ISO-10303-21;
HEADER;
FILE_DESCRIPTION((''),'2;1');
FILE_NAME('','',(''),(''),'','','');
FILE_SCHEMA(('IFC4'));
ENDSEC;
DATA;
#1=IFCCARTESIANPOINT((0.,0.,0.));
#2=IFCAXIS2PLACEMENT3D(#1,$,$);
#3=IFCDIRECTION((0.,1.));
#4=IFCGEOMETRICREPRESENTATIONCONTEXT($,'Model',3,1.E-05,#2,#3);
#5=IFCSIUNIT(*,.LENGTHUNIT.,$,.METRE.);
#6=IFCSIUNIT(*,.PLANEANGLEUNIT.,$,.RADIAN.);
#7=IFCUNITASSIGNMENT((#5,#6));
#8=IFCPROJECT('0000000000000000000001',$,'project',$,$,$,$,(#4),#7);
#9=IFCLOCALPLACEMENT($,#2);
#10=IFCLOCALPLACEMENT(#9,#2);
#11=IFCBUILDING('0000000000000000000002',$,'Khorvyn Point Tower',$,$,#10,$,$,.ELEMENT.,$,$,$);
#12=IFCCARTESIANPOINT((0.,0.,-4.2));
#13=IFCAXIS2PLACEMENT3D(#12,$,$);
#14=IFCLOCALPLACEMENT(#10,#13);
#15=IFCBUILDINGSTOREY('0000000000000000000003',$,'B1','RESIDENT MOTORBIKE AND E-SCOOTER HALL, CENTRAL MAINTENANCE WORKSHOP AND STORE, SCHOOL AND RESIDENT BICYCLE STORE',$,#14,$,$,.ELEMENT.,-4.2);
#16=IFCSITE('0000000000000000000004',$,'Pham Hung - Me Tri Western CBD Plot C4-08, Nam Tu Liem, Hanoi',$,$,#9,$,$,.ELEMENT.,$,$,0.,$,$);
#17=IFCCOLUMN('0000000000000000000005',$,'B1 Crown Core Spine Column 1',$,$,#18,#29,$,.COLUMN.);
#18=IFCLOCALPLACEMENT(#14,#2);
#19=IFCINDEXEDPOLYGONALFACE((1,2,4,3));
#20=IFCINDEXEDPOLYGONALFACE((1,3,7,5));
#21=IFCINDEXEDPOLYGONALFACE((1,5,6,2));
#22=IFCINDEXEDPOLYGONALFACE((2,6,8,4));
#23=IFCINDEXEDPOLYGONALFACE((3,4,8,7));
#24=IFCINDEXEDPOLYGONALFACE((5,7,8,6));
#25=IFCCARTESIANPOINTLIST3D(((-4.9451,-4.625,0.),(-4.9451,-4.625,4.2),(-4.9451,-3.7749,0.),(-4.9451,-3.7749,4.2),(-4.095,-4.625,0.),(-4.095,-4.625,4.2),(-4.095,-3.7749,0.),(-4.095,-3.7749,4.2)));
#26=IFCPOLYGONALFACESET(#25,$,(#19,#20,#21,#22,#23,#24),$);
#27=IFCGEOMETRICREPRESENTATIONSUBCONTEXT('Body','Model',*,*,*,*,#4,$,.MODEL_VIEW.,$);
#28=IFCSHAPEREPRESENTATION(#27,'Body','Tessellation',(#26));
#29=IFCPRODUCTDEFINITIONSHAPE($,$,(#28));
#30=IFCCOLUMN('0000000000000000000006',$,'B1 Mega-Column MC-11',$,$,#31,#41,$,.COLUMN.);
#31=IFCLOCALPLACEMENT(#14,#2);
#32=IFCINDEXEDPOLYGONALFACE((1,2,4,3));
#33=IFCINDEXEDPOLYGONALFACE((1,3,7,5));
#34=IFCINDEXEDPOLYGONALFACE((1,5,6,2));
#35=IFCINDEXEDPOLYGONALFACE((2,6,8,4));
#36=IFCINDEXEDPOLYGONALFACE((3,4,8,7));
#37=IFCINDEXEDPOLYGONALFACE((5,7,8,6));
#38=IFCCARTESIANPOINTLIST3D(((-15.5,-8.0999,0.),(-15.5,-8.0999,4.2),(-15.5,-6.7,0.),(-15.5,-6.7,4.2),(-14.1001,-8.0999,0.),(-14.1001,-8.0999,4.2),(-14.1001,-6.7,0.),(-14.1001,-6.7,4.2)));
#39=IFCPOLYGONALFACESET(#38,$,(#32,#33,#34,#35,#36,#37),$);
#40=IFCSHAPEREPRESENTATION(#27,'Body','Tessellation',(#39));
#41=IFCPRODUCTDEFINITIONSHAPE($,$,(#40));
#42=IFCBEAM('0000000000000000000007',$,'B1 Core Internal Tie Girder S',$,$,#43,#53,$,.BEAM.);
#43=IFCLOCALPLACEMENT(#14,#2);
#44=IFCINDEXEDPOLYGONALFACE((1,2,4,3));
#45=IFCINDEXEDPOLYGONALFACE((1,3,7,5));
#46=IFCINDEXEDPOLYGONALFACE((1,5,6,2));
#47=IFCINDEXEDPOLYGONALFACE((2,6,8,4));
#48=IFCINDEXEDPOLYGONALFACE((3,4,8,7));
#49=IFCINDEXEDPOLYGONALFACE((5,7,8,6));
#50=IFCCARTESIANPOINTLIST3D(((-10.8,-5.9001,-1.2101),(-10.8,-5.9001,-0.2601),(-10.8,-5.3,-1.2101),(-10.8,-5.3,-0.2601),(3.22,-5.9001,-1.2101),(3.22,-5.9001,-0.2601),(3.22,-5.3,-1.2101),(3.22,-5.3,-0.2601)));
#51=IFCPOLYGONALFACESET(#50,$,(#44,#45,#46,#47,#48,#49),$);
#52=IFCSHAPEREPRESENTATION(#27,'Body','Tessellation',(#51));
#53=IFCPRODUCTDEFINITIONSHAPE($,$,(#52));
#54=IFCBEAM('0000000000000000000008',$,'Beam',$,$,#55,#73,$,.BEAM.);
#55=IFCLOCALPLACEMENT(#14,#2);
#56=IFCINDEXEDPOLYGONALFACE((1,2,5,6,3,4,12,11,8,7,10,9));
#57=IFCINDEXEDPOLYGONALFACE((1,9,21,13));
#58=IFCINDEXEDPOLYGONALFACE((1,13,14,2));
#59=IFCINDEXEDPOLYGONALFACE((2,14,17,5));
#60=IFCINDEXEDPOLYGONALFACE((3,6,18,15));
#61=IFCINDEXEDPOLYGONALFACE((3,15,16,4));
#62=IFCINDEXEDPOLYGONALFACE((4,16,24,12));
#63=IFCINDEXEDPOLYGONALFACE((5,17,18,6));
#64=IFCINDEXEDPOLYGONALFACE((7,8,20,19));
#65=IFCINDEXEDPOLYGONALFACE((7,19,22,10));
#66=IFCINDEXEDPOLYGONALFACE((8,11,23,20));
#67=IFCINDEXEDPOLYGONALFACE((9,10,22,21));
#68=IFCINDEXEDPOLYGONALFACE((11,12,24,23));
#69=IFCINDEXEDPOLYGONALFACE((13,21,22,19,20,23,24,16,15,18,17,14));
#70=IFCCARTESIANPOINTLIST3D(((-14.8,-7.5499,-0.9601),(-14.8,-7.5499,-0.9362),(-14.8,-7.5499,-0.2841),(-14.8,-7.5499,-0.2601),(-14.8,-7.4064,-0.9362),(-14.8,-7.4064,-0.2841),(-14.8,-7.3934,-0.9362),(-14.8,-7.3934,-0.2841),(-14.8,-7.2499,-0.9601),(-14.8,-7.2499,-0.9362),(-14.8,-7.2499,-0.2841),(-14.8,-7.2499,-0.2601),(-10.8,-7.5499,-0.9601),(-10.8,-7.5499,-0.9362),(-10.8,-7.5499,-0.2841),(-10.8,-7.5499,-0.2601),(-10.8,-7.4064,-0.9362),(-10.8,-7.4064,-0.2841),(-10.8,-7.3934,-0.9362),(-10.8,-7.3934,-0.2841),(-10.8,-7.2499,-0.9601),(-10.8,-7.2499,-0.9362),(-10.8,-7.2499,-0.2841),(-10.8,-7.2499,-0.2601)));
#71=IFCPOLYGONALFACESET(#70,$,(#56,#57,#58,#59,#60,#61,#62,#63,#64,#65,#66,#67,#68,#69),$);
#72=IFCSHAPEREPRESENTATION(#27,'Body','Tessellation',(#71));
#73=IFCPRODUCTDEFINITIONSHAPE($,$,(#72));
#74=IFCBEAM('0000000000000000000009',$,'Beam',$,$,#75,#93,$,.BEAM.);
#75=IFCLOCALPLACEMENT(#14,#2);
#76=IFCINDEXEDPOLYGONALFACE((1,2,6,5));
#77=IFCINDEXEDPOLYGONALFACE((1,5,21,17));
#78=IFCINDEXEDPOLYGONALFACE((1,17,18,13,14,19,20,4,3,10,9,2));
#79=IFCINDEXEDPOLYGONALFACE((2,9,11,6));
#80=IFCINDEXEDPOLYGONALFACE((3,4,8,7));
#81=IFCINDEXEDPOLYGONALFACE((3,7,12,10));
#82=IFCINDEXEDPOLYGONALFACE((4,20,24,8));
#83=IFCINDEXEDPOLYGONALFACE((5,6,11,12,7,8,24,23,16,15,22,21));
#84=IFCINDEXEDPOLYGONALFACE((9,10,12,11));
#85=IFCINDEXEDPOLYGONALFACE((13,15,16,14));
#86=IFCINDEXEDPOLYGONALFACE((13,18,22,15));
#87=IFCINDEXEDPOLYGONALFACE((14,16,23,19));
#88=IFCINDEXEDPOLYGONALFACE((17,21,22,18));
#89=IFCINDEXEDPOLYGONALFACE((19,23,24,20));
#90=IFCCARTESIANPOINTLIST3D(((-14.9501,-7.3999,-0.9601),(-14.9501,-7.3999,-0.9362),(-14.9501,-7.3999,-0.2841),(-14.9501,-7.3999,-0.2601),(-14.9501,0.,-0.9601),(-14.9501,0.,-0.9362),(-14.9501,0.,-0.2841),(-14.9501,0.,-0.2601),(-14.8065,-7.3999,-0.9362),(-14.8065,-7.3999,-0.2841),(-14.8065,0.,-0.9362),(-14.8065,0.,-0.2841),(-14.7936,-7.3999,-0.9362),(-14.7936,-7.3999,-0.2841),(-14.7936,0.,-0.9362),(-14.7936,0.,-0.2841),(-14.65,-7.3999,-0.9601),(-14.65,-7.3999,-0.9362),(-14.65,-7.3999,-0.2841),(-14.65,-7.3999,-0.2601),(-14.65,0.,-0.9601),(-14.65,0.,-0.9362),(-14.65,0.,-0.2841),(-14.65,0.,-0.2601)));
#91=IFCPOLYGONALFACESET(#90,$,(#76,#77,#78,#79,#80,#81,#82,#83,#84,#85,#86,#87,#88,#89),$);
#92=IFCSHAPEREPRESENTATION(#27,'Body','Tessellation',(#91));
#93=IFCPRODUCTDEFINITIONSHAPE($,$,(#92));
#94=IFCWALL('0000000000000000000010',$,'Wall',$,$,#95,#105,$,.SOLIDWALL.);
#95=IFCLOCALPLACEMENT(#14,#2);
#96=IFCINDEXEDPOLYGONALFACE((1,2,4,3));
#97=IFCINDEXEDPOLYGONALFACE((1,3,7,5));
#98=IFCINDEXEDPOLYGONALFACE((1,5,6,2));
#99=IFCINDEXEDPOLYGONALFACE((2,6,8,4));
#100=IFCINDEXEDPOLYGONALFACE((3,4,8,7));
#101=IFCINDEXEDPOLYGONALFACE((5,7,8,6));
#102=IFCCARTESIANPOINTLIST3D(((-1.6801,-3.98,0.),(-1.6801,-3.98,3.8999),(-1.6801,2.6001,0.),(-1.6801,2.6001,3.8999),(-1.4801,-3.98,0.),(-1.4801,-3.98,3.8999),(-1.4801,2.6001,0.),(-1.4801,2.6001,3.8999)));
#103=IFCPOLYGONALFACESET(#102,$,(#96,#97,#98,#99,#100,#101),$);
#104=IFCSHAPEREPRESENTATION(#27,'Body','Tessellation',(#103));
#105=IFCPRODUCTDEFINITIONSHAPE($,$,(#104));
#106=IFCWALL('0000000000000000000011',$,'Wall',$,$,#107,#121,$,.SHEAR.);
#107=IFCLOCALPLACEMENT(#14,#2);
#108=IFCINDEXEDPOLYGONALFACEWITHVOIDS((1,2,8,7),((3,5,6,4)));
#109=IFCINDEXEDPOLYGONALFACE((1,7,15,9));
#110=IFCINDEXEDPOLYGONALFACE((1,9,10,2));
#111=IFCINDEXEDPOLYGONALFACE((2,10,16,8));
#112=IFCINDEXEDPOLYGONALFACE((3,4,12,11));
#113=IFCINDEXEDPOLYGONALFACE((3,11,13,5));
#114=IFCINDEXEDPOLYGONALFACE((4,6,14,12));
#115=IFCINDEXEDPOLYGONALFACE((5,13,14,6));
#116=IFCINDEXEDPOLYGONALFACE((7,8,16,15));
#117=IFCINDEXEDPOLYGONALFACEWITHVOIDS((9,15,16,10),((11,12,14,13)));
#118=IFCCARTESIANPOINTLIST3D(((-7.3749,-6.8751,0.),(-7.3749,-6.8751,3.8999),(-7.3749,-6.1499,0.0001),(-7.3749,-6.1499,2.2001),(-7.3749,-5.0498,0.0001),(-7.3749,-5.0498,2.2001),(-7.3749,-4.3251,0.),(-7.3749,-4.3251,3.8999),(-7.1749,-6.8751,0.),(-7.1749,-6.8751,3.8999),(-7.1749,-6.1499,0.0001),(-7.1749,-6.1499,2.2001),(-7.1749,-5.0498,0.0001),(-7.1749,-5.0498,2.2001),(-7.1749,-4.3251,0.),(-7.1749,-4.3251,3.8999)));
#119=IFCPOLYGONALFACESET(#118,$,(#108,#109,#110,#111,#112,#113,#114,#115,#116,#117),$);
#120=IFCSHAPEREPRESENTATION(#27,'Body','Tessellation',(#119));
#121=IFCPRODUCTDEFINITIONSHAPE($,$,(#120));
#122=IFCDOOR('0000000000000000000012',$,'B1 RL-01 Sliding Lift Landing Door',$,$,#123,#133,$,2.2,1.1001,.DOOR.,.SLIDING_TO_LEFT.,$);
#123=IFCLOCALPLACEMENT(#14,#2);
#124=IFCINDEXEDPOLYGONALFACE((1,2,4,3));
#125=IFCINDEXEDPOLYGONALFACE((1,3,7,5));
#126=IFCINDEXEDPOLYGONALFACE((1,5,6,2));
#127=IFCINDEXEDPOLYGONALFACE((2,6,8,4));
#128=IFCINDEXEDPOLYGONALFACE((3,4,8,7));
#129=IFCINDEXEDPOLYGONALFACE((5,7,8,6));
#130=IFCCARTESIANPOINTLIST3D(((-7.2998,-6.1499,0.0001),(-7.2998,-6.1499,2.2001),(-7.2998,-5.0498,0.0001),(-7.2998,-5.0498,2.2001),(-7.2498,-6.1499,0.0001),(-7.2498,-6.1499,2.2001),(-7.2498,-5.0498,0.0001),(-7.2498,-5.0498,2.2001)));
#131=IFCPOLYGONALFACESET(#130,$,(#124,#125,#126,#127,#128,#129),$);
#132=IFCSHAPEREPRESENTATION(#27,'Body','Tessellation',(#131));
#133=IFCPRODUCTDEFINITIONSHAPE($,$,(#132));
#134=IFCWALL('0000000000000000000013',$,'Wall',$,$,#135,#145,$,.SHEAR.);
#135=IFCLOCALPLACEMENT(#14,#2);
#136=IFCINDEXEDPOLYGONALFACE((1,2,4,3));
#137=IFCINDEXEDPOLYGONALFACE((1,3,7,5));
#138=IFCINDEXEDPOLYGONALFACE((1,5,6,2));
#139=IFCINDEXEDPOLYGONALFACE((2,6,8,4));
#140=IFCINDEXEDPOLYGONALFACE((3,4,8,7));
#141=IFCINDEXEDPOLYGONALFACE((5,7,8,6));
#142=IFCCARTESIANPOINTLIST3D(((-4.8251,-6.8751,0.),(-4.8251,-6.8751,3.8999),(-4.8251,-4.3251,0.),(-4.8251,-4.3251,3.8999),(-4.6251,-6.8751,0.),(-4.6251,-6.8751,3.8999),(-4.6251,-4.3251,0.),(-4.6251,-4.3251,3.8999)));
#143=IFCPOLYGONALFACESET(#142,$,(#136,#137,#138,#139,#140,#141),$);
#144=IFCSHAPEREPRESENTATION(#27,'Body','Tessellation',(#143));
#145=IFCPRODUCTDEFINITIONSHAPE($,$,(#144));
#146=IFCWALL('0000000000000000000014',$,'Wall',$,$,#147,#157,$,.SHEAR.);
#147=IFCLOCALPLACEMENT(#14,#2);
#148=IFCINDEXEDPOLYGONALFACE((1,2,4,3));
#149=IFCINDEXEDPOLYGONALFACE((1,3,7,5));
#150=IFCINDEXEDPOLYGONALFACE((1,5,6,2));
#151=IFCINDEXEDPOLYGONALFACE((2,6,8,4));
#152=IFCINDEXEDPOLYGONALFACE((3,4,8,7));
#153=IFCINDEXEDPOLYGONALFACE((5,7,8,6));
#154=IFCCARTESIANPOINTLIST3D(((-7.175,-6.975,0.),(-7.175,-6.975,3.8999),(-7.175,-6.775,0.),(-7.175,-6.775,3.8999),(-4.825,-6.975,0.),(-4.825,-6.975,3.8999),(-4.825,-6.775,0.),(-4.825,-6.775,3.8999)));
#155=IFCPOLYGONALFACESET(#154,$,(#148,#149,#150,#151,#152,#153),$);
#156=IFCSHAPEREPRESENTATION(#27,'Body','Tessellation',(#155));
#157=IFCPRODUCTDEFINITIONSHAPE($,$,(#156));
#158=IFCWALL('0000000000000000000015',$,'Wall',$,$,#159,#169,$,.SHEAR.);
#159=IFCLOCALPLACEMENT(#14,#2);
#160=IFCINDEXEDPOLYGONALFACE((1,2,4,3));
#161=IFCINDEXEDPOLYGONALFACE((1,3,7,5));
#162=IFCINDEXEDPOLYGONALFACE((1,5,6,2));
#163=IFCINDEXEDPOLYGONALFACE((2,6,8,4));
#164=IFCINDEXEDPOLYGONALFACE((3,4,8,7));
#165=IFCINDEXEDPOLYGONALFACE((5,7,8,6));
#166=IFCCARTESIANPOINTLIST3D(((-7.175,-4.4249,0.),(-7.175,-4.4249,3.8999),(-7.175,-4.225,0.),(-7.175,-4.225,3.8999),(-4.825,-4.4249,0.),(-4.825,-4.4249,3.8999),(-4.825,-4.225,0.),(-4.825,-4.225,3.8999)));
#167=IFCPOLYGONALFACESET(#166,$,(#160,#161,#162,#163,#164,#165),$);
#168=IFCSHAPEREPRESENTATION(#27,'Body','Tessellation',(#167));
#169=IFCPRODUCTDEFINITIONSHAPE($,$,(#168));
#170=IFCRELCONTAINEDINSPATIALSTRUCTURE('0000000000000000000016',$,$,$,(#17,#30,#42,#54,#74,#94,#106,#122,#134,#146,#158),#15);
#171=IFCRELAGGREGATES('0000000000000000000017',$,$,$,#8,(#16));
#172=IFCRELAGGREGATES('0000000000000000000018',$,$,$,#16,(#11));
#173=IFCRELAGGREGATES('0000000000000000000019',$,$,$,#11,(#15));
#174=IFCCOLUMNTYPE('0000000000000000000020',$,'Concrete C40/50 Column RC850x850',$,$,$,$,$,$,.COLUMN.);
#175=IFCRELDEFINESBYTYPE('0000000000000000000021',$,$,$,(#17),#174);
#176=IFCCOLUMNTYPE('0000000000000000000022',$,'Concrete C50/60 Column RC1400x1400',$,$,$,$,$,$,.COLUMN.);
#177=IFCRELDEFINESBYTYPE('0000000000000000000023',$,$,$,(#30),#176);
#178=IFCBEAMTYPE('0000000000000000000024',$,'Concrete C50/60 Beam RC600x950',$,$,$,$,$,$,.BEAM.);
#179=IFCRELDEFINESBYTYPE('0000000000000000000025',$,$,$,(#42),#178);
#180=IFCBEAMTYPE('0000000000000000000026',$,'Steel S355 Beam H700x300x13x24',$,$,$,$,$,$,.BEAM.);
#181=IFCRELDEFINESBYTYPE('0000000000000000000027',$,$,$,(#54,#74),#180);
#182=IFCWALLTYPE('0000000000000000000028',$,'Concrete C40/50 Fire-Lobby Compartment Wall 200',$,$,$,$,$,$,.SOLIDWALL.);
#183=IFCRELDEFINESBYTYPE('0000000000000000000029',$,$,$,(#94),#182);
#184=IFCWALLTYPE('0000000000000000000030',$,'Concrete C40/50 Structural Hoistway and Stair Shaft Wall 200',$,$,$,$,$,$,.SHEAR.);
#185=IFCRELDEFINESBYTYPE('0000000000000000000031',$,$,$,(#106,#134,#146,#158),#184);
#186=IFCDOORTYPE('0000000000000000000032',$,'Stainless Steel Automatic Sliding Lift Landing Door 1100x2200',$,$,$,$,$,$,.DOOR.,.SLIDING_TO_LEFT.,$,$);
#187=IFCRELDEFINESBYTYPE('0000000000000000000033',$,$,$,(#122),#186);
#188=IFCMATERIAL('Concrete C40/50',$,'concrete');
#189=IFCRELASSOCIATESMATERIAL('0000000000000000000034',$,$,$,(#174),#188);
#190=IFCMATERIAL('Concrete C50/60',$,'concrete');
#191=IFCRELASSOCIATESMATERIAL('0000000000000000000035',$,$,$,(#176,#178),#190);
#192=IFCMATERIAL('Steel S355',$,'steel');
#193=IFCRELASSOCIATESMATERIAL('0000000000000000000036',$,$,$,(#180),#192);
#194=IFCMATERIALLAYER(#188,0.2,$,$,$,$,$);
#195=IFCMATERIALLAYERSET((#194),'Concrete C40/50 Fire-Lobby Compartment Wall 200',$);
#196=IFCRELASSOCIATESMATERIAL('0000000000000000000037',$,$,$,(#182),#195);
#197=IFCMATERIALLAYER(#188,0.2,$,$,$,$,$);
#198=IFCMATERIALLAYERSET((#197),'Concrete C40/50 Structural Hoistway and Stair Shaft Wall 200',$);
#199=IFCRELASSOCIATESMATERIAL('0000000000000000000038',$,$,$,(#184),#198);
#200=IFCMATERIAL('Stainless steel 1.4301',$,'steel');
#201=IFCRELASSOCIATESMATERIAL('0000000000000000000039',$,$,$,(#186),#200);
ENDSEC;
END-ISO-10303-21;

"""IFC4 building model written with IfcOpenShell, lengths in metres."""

from ifc_helpers import new_model, si_unit, direction, frame, frame_2d, origin, origin_2d, place, context, subcontext, project, spatial, rectangle, i_section, extrude, material, layer, layer_set, material_profile, profile_set, type_object, element, fill, save


model = new_model("IFC4")

# Units and contexts
model_context = context("Model", 3, precision=1e-05, world=origin(), true_north=direction((0.0, 1.0)))
body_context = subcontext(model_context, "Body", "Model", "MODEL_VIEW")
ifc_project = project(units=[si_unit("LENGTHUNIT", "METRE"), si_unit("PLANEANGLEUNIT", "RADIAN")], contexts=[model_context])

# Site, building, storey
site_placement = place(None, origin())
site = spatial("IfcSite", under=ifc_project, at=site_placement, Name="Pham Hung - Me Tri Western CBD Plot C4-08, Nam Tu Liem, Hanoi", CompositionType="ELEMENT", RefElevation=0.0)
building_placement = place(site_placement, origin())
building = spatial("IfcBuilding", under=site, at=building_placement, Name="Khorvyn Point Tower", CompositionType="ELEMENT")
storey_placement = place(building_placement, frame((0.0, 0.0, -4.2)))
storey = spatial("IfcBuildingStorey", under=building, at=storey_placement, Name="B1", Description="RESIDENT MOTORBIKE AND E-SCOOTER HALL, CENTRAL MAINTENANCE WORKSHOP AND STORE, SCHOOL AND RESIDENT BICYCLE STORE", CompositionType="ELEMENT", Elevation=-4.2)

# Columns
ifc_material_1 = material(Name="Concrete C40/50", Category="concrete")
ifc_material_profile_1 = material_profile(ifc_material_1, rectangle(XDim=0.8501, YDim=0.8501, at=origin_2d()))
ifc_profile_set_1 = profile_set([ifc_material_profile_1], Name="Concrete C40/50 RC850x850")
column_type_1 = type_object("IfcColumnType", Name="Concrete C40/50 Column RC850x850", PredefinedType="COLUMN", material=ifc_profile_set_1)
column_1_placement = place(storey_placement, frame((-4.52, -4.2, 0.0), z_axis=(0.0, 0.0, 1.0), x_axis=(1.0, 0.0, 0.0)))
element("IfcColumn", 1, at=column_1_placement, inside=storey, type_object=column_type_1, Name="B1 Crown Core Spine Column 1", PredefinedType="COLUMN", context=body_context, shape_type="SweptSolid", body=[
    extrude(rectangle(XDim=0.8501, YDim=0.8501, at=origin_2d()), origin(), (0.0, 0.0, 1.0), 4.2),
])
ifc_material_2 = material(Name="Concrete C50/60", Category="concrete")
ifc_material_profile_2 = material_profile(ifc_material_2, rectangle(XDim=1.3999, YDim=1.3999, at=origin_2d()))
ifc_profile_set_2 = profile_set([ifc_material_profile_2], Name="Concrete C50/60 RC1400x1400")
column_type_2 = type_object("IfcColumnType", Name="Concrete C50/60 Column RC1400x1400", PredefinedType="COLUMN", material=ifc_profile_set_2)
column_2_placement = place(storey_placement, frame((-14.8, -7.3999, 0.0), z_axis=(0.0, 0.0, 1.0), x_axis=(1.0, 0.0, 0.0)))
element("IfcColumn", 2, at=column_2_placement, inside=storey, type_object=column_type_2, Name="B1 Mega-Column MC-11", PredefinedType="COLUMN", context=body_context, shape_type="SweptSolid", body=[
    extrude(rectangle(XDim=1.3999, YDim=1.3999, at=origin_2d()), origin(), (0.0, 0.0, 1.0), 4.2),
])

# Beams
ifc_material_profile_3 = material_profile(ifc_material_2, rectangle(XDim=0.6001, YDim=0.95, at=origin_2d()))
ifc_profile_set_3 = profile_set([ifc_material_profile_3], Name="Concrete C50/60 RC600x950")
beam_type_1 = type_object("IfcBeamType", Name="Concrete C50/60 Beam RC600x950", PredefinedType="BEAM", material=ifc_profile_set_3)
beam_1_placement = place(storey_placement, frame((-10.8, -5.6001, -0.7351), z_axis=(1.0, 0.0, 0.0), x_axis=(0.0, 1.0, 0.0)))
element("IfcBeam", 3, at=beam_1_placement, inside=storey, type_object=beam_type_1, Name="B1 Core Internal Tie Girder S", PredefinedType="BEAM", context=body_context, shape_type="SweptSolid", body=[
    extrude(rectangle(XDim=0.6001, YDim=0.95, at=origin_2d()), origin(), (0.0, 0.0, 1.0), 14.02),
])
ifc_material_3 = material(Name="Steel S355", Category="steel")
ifc_material_profile_4 = material_profile(ifc_material_3, i_section(OverallWidth=0.3, OverallDepth=0.7, WebThickness=0.0129, FlangeThickness=0.0239, at=origin_2d()))
ifc_profile_set_4 = profile_set([ifc_material_profile_4], Name="Steel S355 H700x300x13x24")
beam_type_2 = type_object("IfcBeamType", Name="Steel S355 Beam H700x300x13x24", PredefinedType="BEAM", material=ifc_profile_set_4)
beam_2_placement = place(storey_placement, frame((-14.8, -7.3999, -0.6101), z_axis=(1.0, 0.0, 0.0), x_axis=(0.0, 1.0, 0.0)))
element("IfcBeam", 4, at=beam_2_placement, inside=storey, type_object=beam_type_2, Name="Beam", PredefinedType="BEAM", context=body_context, shape_type="SweptSolid", body=[
    extrude(i_section(OverallWidth=0.3, OverallDepth=0.7, WebThickness=0.0129, FlangeThickness=0.0239, at=origin_2d()), origin(), (0.0, 0.0, 1.0), 4.0),
])
beam_3_placement = place(storey_placement, frame((-14.8, -7.3999, -0.6101), z_axis=(0.0, 1.0, 0.0), x_axis=(-1.0, 0.0, 0.0)))
element("IfcBeam", 5, at=beam_3_placement, inside=storey, type_object=beam_type_2, Name="Beam", PredefinedType="BEAM", context=body_context, shape_type="SweptSolid", body=[
    extrude(i_section(OverallWidth=0.3, OverallDepth=0.7, WebThickness=0.0129, FlangeThickness=0.0239, at=origin_2d()), origin(), (0.0, 0.0, 1.0), 7.3999),
])

# Wall
ifc_layer_1 = layer(ifc_material_1, 0.2)
ifc_layer_set_1 = layer_set([ifc_layer_1], Name="Concrete C40/50 Fire-Lobby Compartment Wall 200")
wall_type_1 = type_object("IfcWallType", Name="Concrete C40/50 Fire-Lobby Compartment Wall 200", PredefinedType="SOLIDWALL", material=ifc_layer_set_1)
wall_1_placement = place(storey_placement, frame((-1.5801, -3.98, 0.0), z_axis=(0.0, 0.0, 1.0), x_axis=(0.0, 1.0, 0.0)))
element("IfcWall", 6, at=wall_1_placement, inside=storey, type_object=wall_type_1, Name="Wall", PredefinedType="SOLIDWALL", context=body_context, shape_type="SweptSolid", body=[
    extrude(rectangle(XDim=6.5801, YDim=0.2, at=frame_2d((3.29, 0.0))), origin(), (0.0, 0.0, 1.0), 3.8999),
])

# Wall, opening, door
ifc_layer_2 = layer(ifc_material_1, 0.2)
ifc_layer_set_2 = layer_set([ifc_layer_2], Name="Concrete C40/50 Structural Hoistway and Stair Shaft Wall 200")
wall_type_2 = type_object("IfcWallType", Name="Concrete C40/50 Structural Hoistway and Stair Shaft Wall 200", PredefinedType="SHEAR", material=ifc_layer_set_2)
wall_2_placement = place(storey_placement, frame((-7.2749, -6.875, 0.0), z_axis=(0.0, 0.0, 1.0), x_axis=(0.0, 1.0, 0.0)))
wall_2 = element("IfcWall", 7, at=wall_2_placement, inside=storey, type_object=wall_type_2, Name="Wall", PredefinedType="SHEAR", context=body_context, shape_type="SweptSolid", body=[
    extrude(rectangle(XDim=2.55, YDim=0.2, at=frame_2d((1.2749, 0.0))), origin(), (0.0, 0.0, 1.0), 3.8999),
])
opening_1_placement = place(wall_2_placement, frame((0.7251, 0.0, 0.0)))
opening_1 = element("IfcOpeningElement", 8, at=opening_1_placement, cuts=wall_2, PredefinedType="OPENING", context=body_context, shape_type="SweptSolid", body=[
    extrude(rectangle(XDim=1.1001, YDim=2.2, at=frame_2d((0.55, 1.1001))), frame((0.0, 0.1099, 0.0), z_axis=(0.0, -1.0, 0.0), x_axis=(1.0, 0.0, 0.0)), (0.0, 0.0, 1.0), 0.22),
])
ifc_material_4 = material(Name="Stainless steel 1.4301", Category="steel")
door_type = type_object("IfcDoorType", Name="Stainless Steel Automatic Sliding Lift Landing Door 1100x2200", OperationType="SLIDING_TO_LEFT", PredefinedType="DOOR", material=ifc_material_4)
door_1_placement = place(opening_1_placement, origin())
door_1 = element("IfcDoor", 9, at=door_1_placement, inside=storey, type_object=door_type, Name="B1 RL-01 Sliding Lift Landing Door", OperationType="SLIDING_TO_LEFT", OverallHeight=2.2, OverallWidth=1.1001, PredefinedType="DOOR", context=body_context, shape_type="SweptSolid", body=[
    extrude(rectangle(XDim=1.1001, YDim=2.2, at=frame_2d((0.55, 1.1001))), frame((0.0, 0.0249, 0.0), z_axis=(0.0, -1.0, 0.0), x_axis=(1.0, 0.0, 0.0)), (0.0, 0.0, 1.0), 0.05),
])
fill(opening_1, door_1)

# Walls
wall_3_placement = place(storey_placement, frame((-4.7251, -6.875, 0.0), z_axis=(0.0, 0.0, 1.0), x_axis=(0.0, 1.0, 0.0)))
element("IfcWall", 10, at=wall_3_placement, inside=storey, type_object=wall_type_2, Name="Wall", PredefinedType="SHEAR", context=body_context, shape_type="SweptSolid", body=[
    extrude(rectangle(XDim=2.55, YDim=0.2, at=frame_2d((1.2749, 0.0))), origin(), (0.0, 0.0, 1.0), 3.8999),
])
for number, where, z_axis, x_axis, name in (
    (11, (-7.175, -6.875, 0.0), (0.0, 0.0, 1.0), (1.0, 0.0, 0.0), "Wall"),
    (12, (-7.175, -4.325, 0.0), (0.0, 0.0, 1.0), (1.0, 0.0, 0.0), "Wall"),
):
    element("IfcWall", number, at=place(storey_placement, frame(where, z_axis=z_axis, x_axis=x_axis)), inside=storey, type_object=wall_type_2, Name=name, PredefinedType="SHEAR", context=body_context, shape_type="SweptSolid", body=[
        extrude(rectangle(XDim=2.3501, YDim=0.2, at=frame_2d((1.175, 0.0))), origin(), (0.0, 0.0, 1.0), 3.8999),
    ])

save(model, "model.ifc")
